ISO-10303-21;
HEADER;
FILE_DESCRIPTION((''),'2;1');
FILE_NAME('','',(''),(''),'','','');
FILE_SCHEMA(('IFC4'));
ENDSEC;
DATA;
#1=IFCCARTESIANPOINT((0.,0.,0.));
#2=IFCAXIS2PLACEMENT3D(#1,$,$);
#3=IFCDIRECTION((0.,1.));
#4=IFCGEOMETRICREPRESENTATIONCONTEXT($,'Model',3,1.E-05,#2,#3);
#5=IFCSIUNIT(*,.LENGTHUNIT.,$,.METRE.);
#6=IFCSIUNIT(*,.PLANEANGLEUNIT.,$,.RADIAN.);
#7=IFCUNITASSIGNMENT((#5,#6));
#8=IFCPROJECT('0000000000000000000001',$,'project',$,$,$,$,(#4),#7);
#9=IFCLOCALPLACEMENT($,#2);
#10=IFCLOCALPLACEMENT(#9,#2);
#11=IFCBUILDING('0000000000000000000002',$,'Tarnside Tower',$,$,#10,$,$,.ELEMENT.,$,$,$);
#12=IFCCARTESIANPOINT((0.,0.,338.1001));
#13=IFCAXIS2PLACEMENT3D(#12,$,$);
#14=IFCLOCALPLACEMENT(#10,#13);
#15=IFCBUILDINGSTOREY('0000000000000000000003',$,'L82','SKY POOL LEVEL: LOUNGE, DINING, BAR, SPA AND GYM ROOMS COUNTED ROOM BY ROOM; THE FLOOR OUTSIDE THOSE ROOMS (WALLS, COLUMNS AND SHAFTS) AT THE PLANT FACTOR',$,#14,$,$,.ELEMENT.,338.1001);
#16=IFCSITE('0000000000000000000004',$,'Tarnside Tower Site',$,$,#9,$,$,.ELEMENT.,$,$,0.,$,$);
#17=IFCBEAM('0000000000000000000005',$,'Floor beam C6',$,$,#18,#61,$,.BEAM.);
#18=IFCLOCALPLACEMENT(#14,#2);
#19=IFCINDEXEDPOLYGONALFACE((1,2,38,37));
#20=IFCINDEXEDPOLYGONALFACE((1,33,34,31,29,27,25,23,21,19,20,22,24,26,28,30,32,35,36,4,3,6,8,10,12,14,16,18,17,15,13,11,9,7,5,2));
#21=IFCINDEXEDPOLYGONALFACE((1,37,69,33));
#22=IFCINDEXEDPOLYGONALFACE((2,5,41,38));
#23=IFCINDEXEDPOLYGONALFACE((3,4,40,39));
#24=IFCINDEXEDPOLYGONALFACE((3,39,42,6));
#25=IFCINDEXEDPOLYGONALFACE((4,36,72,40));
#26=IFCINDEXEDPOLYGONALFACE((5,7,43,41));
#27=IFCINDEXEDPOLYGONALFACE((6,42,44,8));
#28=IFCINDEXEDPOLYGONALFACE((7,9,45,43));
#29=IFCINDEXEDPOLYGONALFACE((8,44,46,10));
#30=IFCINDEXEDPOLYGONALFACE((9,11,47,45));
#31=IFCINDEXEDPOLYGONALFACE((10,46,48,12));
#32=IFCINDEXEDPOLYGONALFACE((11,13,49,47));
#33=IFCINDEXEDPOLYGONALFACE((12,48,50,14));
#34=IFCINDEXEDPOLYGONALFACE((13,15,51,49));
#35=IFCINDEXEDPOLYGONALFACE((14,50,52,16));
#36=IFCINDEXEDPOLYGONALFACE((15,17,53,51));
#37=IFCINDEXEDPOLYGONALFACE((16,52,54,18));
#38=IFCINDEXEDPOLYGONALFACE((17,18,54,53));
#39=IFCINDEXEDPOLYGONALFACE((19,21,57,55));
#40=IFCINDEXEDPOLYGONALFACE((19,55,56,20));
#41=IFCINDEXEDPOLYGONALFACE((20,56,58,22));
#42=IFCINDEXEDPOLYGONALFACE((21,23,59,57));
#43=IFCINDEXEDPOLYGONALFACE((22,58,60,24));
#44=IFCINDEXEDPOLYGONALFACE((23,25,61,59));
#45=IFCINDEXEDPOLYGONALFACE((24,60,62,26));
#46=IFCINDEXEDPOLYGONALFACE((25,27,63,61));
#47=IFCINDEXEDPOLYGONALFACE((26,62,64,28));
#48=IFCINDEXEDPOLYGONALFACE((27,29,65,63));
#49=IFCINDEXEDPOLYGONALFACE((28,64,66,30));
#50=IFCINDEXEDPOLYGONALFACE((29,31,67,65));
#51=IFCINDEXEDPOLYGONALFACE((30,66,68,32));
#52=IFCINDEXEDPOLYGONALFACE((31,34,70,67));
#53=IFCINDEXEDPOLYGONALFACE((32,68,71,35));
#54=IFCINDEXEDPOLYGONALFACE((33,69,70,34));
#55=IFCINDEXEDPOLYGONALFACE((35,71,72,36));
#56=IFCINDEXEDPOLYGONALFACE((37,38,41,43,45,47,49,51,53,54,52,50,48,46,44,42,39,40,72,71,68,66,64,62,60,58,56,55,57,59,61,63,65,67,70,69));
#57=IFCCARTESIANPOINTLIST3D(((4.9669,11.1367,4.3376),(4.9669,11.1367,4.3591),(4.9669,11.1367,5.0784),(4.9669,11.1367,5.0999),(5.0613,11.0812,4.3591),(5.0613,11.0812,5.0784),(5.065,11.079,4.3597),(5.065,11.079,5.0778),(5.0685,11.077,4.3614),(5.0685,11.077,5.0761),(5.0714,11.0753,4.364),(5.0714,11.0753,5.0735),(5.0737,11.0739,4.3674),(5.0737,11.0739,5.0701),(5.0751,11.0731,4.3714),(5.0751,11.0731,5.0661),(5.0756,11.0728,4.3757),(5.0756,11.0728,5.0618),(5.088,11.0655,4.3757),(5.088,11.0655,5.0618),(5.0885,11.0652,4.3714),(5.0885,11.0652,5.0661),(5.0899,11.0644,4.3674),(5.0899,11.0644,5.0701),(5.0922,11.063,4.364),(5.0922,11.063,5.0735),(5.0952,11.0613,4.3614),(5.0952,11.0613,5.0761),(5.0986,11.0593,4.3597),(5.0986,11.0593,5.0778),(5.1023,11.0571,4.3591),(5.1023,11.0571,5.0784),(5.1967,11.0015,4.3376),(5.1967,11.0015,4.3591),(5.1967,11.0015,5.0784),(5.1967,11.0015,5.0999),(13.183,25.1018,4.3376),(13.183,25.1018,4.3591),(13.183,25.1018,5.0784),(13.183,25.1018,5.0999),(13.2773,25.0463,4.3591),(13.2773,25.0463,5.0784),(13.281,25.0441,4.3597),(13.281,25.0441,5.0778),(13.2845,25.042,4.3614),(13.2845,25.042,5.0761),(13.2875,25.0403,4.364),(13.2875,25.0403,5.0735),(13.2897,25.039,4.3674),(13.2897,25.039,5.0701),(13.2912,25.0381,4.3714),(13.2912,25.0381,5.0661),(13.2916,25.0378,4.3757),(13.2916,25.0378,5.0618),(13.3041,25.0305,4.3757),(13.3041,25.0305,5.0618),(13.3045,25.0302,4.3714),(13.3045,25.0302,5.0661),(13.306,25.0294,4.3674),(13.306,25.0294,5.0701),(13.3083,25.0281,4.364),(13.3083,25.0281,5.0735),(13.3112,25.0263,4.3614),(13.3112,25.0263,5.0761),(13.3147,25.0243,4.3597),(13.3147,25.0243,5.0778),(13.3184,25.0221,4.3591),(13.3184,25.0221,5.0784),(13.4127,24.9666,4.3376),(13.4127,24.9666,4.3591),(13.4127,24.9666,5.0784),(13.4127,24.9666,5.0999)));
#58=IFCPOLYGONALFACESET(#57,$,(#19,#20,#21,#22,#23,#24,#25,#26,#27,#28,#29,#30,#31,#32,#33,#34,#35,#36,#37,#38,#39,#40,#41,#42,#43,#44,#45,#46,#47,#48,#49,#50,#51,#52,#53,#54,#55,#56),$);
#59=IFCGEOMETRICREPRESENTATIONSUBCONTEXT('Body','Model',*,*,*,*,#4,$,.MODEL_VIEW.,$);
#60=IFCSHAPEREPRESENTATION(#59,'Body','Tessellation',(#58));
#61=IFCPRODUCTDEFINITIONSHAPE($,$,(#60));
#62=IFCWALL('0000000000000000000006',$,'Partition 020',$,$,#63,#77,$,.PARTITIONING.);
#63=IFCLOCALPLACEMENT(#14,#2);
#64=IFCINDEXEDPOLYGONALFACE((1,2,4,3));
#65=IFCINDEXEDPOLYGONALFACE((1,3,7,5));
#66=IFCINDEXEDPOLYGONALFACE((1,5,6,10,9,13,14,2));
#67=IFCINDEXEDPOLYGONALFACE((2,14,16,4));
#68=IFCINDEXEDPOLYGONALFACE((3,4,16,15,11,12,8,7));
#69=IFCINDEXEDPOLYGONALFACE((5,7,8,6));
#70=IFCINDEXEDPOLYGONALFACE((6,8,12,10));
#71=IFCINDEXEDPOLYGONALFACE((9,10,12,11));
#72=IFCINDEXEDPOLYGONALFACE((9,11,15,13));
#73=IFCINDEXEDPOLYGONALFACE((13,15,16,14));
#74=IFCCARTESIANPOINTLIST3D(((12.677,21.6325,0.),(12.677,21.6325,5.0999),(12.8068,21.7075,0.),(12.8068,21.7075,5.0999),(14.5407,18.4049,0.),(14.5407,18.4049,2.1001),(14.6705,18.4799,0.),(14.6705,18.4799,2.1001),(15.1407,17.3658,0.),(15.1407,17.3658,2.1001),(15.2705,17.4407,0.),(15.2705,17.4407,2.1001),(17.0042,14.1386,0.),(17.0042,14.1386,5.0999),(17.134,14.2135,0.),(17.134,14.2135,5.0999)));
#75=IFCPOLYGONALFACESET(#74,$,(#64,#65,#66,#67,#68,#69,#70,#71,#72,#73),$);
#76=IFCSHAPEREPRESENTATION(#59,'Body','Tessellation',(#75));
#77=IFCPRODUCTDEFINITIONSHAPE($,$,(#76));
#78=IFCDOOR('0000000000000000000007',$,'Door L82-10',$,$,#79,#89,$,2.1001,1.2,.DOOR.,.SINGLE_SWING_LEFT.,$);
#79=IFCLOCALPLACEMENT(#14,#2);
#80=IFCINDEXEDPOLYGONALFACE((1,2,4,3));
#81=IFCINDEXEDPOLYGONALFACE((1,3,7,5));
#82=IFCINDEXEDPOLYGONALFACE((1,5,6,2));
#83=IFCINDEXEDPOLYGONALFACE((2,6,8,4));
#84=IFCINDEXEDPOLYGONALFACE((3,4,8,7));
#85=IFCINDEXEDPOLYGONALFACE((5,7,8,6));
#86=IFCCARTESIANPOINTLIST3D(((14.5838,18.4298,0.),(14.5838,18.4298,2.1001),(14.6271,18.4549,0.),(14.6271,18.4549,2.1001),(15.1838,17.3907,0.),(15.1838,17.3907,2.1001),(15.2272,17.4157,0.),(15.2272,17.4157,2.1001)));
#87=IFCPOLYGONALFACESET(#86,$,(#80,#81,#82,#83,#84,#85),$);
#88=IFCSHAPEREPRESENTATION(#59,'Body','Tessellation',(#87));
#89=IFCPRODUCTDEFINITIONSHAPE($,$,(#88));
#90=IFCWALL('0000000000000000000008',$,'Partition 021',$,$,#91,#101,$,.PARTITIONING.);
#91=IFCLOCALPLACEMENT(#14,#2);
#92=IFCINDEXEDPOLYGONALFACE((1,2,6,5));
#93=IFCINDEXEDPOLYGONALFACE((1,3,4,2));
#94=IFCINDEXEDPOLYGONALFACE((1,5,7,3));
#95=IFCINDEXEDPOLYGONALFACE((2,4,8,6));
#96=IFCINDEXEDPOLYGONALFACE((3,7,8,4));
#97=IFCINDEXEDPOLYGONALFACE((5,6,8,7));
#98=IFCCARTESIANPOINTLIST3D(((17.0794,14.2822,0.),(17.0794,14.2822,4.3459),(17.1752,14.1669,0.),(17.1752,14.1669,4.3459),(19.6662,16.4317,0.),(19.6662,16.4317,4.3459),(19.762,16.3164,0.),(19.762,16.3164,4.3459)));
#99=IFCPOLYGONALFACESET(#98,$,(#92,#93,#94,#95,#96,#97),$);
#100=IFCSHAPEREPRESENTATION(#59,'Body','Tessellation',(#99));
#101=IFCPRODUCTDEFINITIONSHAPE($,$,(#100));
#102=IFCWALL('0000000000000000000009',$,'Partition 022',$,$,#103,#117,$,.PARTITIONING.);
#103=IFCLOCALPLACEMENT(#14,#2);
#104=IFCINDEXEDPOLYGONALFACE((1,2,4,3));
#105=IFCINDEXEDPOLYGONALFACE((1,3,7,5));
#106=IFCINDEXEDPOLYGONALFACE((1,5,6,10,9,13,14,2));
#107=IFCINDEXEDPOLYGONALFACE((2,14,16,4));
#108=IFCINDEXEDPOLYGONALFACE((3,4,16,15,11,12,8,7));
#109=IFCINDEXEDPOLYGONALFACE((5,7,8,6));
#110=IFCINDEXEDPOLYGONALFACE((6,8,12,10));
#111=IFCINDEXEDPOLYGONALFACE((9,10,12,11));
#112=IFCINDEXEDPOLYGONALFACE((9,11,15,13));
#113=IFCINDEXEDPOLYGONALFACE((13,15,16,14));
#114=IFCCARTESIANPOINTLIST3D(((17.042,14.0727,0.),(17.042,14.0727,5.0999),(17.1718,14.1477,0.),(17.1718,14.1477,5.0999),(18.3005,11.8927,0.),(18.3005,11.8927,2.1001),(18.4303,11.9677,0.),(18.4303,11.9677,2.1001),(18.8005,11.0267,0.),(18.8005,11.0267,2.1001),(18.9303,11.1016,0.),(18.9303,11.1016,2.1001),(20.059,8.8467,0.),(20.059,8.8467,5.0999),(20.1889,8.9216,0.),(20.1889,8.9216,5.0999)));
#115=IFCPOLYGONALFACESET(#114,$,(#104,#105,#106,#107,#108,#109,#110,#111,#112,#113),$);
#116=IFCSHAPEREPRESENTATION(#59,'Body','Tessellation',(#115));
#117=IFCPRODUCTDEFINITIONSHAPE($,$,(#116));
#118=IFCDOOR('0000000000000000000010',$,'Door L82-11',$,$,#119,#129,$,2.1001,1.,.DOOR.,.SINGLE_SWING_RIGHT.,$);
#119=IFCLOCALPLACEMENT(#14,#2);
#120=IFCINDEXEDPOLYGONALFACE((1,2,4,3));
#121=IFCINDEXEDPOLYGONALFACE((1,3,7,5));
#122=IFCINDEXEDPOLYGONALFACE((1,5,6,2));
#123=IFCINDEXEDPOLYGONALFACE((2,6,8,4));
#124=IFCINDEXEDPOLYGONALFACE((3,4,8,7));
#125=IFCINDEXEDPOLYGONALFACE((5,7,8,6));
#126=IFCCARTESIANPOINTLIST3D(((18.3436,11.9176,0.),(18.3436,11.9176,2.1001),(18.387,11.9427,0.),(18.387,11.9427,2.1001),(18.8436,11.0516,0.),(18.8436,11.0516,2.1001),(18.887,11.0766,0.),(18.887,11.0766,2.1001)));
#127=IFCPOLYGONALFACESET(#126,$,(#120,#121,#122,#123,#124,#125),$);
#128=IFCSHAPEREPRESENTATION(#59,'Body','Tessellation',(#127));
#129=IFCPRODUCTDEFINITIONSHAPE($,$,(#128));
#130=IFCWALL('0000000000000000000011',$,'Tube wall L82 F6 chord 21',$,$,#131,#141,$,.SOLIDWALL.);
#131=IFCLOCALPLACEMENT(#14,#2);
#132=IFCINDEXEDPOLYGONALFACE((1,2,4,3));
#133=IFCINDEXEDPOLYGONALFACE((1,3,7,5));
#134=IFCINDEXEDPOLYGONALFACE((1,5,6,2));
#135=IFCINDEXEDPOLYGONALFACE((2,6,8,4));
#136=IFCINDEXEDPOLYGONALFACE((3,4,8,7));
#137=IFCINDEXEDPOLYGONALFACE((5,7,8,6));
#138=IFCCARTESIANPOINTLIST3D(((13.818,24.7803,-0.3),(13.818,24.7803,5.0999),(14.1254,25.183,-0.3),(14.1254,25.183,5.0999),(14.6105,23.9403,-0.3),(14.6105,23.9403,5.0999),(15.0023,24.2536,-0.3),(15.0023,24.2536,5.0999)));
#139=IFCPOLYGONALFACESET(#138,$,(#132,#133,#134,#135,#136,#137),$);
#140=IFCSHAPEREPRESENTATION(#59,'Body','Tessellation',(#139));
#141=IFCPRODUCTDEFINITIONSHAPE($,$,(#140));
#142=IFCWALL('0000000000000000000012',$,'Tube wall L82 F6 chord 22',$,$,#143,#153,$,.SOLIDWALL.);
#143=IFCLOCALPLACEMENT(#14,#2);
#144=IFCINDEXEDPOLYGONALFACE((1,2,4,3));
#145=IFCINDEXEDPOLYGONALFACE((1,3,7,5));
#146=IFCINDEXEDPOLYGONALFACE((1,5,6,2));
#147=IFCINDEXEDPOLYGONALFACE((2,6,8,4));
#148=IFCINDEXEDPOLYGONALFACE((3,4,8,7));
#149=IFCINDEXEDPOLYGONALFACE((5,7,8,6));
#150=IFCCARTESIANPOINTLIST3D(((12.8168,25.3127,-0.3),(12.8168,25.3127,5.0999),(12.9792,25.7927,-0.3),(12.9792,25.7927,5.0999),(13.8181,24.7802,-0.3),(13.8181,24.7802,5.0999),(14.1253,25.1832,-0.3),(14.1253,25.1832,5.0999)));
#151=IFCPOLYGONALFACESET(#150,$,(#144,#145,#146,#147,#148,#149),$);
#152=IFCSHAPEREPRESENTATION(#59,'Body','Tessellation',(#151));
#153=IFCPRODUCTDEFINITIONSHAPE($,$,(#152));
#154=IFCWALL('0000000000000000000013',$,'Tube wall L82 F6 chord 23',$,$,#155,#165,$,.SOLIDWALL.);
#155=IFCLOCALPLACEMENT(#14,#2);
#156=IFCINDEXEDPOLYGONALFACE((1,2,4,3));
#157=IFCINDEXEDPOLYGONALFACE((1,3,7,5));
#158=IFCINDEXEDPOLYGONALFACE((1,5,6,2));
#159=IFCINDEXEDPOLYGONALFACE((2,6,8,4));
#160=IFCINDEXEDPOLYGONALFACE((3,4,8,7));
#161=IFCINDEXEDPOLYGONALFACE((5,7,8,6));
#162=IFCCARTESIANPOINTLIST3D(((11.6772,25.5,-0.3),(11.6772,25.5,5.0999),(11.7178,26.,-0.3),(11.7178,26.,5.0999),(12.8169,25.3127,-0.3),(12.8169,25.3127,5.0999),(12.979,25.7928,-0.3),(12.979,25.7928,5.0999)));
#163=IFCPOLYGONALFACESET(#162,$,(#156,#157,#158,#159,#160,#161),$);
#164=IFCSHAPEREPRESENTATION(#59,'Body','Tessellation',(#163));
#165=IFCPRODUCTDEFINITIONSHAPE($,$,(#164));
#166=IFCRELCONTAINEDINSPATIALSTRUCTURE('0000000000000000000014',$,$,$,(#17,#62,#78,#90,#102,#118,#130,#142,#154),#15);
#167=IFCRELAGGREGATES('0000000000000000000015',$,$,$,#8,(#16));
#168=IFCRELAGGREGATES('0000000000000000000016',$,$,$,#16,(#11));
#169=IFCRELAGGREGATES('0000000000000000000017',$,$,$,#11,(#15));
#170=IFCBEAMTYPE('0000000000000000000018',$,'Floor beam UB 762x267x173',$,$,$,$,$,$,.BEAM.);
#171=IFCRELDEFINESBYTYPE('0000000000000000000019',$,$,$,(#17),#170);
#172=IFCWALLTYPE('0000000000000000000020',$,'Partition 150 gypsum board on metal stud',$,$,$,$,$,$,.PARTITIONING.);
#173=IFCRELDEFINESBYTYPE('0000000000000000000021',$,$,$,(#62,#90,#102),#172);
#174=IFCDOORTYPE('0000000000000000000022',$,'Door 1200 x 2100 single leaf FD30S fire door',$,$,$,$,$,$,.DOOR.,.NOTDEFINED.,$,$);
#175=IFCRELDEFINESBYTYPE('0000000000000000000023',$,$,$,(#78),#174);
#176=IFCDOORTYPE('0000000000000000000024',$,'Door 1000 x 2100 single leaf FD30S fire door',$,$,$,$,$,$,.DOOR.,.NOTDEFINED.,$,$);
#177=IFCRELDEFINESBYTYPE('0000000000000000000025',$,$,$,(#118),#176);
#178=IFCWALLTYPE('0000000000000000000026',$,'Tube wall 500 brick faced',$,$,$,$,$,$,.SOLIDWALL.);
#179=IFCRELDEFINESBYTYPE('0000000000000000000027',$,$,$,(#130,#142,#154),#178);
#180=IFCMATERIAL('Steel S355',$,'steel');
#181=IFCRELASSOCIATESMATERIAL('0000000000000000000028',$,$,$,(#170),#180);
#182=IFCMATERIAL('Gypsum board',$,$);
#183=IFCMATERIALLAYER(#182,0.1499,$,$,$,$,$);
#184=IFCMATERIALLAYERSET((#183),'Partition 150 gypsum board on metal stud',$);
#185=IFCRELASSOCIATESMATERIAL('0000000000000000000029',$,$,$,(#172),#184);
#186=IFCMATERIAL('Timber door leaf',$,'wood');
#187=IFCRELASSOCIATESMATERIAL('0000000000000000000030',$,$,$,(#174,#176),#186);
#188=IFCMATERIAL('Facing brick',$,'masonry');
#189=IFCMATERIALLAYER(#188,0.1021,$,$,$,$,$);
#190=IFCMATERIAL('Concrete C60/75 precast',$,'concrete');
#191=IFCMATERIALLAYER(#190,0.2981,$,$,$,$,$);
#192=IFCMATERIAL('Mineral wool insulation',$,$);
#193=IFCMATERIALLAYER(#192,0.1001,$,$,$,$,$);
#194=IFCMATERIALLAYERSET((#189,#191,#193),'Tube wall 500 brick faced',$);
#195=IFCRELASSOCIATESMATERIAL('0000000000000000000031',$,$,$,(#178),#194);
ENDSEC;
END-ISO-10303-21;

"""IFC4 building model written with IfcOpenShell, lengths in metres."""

from ifc_helpers import new_model, si_unit, direction, frame, frame_2d, origin, origin_2d, place, context, subcontext, project, spatial, polyline, rectangle, i_section, outline, extrude, material, layer, layer_set, material_profile, profile_set, type_object, element, fill, save


model = new_model("IFC4")

# Units and contexts
model_context = context("Model", 3, precision=1e-05, world=origin(), true_north=direction((0.0, 1.0)))
body_context = subcontext(model_context, "Body", "Model", "MODEL_VIEW")
ifc_project = project(units=[si_unit("LENGTHUNIT", "METRE"), si_unit("PLANEANGLEUNIT", "RADIAN")], contexts=[model_context])

# Site, building, storey
site_placement = place(None, origin())
site = spatial("IfcSite", under=ifc_project, at=site_placement, Name="Tarnside Tower Site", CompositionType="ELEMENT", RefElevation=0.0)
building_placement = place(site_placement, origin())
building = spatial("IfcBuilding", under=site, at=building_placement, Name="Tarnside Tower", CompositionType="ELEMENT")
storey_placement = place(building_placement, frame((0.0, 0.0, 338.1001)))
storey = spatial("IfcBuildingStorey", under=building, at=storey_placement, Name="L82", Description="SKY POOL LEVEL: LOUNGE, DINING, BAR, SPA AND GYM ROOMS COUNTED ROOM BY ROOM; THE FLOOR OUTSIDE THOSE ROOMS (WALLS, COLUMNS AND SHAFTS) AT THE PLANT FACTOR", CompositionType="ELEMENT", Elevation=338.1001)

# Beam
ifc_material_1 = material(Name="Steel S355", Category="steel")
ifc_material_profile_1 = material_profile(ifc_material_1, i_section(OverallWidth=0.2666, OverallDepth=0.7622, WebThickness=0.0144, FlangeThickness=0.0215, FilletRadius=0.0166, at=origin_2d()), Name="UB 762x267x173")
ifc_profile_set_1 = profile_set([ifc_material_profile_1], Name="Steel S355")
beam_type_1 = type_object("IfcBeamType", Name="Floor beam UB 762x267x173", PredefinedType="BEAM", material=ifc_profile_set_1)
beam_1_placement = place(storey_placement, frame((13.2979, 25.0342, 4.7188), z_axis=(-0.50708, -0.861899, 0.0), x_axis=(0.861899, -0.50708, 0.0)))
element("IfcBeam", 1, at=beam_1_placement, inside=storey, type_object=beam_type_1, Name="Floor beam C6", PredefinedType="BEAM", context=body_context, shape_type="SweptSolid", body=[
    extrude(i_section(OverallWidth=0.2666, OverallDepth=0.7622, WebThickness=0.0144, FlangeThickness=0.0215, FilletRadius=0.0166, at=origin_2d()), origin(), (0.0, 0.0, 1.0), 16.2026),
])

# Wall, opening, door
ifc_material_2 = material(Name="Gypsum board")
ifc_layer_1 = layer(ifc_material_2, 0.1499)
ifc_layer_set_1 = layer_set([ifc_layer_1], Name="Partition 150 gypsum board on metal stud")
wall_type_1 = type_object("IfcWallType", Name="Partition 150 gypsum board on metal stud", PredefinedType="PARTITIONING", material=ifc_layer_set_1)
wall_1_placement = place(storey_placement, frame((12.7419, 21.6699, 0.0), z_axis=(0.0, 0.0, 1.0), x_axis=(0.500047, -0.865998, 0.0)))
wall_1 = element("IfcWall", 2, at=wall_1_placement, inside=storey, type_object=wall_type_1, Name="Partition 020", PredefinedType="PARTITIONING", context=body_context, shape_type="SweptSolid", body=[
    extrude(rectangle(XDim=8.6536, YDim=0.1499, at=frame_2d((4.3267, 0.0))), origin(), (0.0, 0.0, 1.0), 5.0999),
])
opening_1_placement = place(wall_1_placement, frame((3.7268, 0.0, 0.0)))
opening_1 = element("IfcOpeningElement", 3, at=opening_1_placement, cuts=wall_1, PredefinedType="OPENING", context=body_context, shape_type="SweptSolid", body=[
    extrude(rectangle(XDim=1.2, YDim=2.1001, at=frame_2d((0.6001, 1.05))), frame((0.0, 0.085, 0.0), z_axis=(0.0, -1.0, 0.0), x_axis=(1.0, 0.0, 0.0)), (0.0, 0.0, 1.0), 0.1699),
])
ifc_material_3 = material(Name="Timber door leaf", Category="wood")
door_type_1 = type_object("IfcDoorType", Name="Door 1200 x 2100 single leaf FD30S fire door", OperationType="NOTDEFINED", PredefinedType="DOOR", material=ifc_material_3)
door_1_placement = place(opening_1_placement, origin())
door_1 = element("IfcDoor", 4, at=door_1_placement, inside=storey, type_object=door_type_1, Name="Door L82-10", OperationType="SINGLE_SWING_LEFT", OverallHeight=2.1001, OverallWidth=1.2, PredefinedType="DOOR", context=body_context, shape_type="SweptSolid", body=[
    extrude(rectangle(XDim=1.2, YDim=2.1001, at=frame_2d((0.6001, 1.05))), frame((0.0, 0.0249, 0.0), z_axis=(0.0, -1.0, 0.0), x_axis=(1.0, 0.0, 0.0)), (0.0, 0.0, 1.0), 0.05),
])
fill(opening_1, door_1)

# Wall
wall_2_placement = place(storey_placement, frame((19.7141, 16.374, 0.0), z_axis=(0.0, 0.0, 1.0), x_axis=(-0.769119, -0.639106, 0.0)))
element("IfcWall", 5, at=wall_2_placement, inside=storey, type_object=wall_type_1, Name="Partition 021", PredefinedType="PARTITIONING", context=body_context, shape_type="SweptSolid", body=[
    extrude(rectangle(XDim=3.3633, YDim=0.1499, at=frame_2d((1.6816, 0.0))), origin(), (0.0, 0.0, 1.0), 4.3459),
])

# Wall, opening, door
wall_3_placement = place(storey_placement, frame((17.1069, 14.1101, 0.0), z_axis=(0.0, 0.0, 1.0), x_axis=(0.499977, -0.866039, 0.0)))
wall_3 = element("IfcWall", 6, at=wall_3_placement, inside=storey, type_object=wall_type_1, Name="Partition 022", PredefinedType="PARTITIONING", context=body_context, shape_type="SweptSolid", body=[
    extrude(rectangle(XDim=6.0344, YDim=0.1499, at=frame_2d((3.0171, 0.0))), origin(), (0.0, 0.0, 1.0), 5.0999),
])
opening_2_placement = place(wall_3_placement, frame((2.5171, 0.0, 0.0)))
opening_2 = element("IfcOpeningElement", 7, at=opening_2_placement, cuts=wall_3, PredefinedType="OPENING", context=body_context, shape_type="SweptSolid", body=[
    extrude(rectangle(XDim=1.0, YDim=2.1001, at=frame_2d((0.5, 1.05))), frame((0.0, 0.085, 0.0), z_axis=(0.0, -1.0, 0.0), x_axis=(1.0, 0.0, 0.0)), (0.0, 0.0, 1.0), 0.1699),
])
door_type_2 = type_object("IfcDoorType", Name="Door 1000 x 2100 single leaf FD30S fire door", OperationType="NOTDEFINED", PredefinedType="DOOR", material=ifc_material_3)
door_2_placement = place(opening_2_placement, origin())
door_2 = element("IfcDoor", 8, at=door_2_placement, inside=storey, type_object=door_type_2, Name="Door L82-11", OperationType="SINGLE_SWING_RIGHT", OverallHeight=2.1001, OverallWidth=1.0, PredefinedType="DOOR", context=body_context, shape_type="SweptSolid", body=[
    extrude(rectangle(XDim=1.0, YDim=2.1001, at=frame_2d((0.5, 1.05))), frame((0.0, 0.0249, 0.0), z_axis=(0.0, -1.0, 0.0), x_axis=(1.0, 0.0, 0.0)), (0.0, 0.0, 1.0), 0.05),
])
fill(opening_2, door_2)

# Walls
ifc_material_4 = material(Name="Facing brick", Category="masonry")
ifc_layer_2 = layer(ifc_material_4, 0.1021)
ifc_material_5 = material(Name="Concrete C60/75 precast", Category="concrete")
ifc_layer_3 = layer(ifc_material_5, 0.2981)
ifc_material_6 = material(Name="Mineral wool insulation")
ifc_layer_4 = layer(ifc_material_6, 0.1001)
ifc_layer_set_2 = layer_set([ifc_layer_2, ifc_layer_3, ifc_layer_4], Name="Tube wall 500 brick faced")
wall_type_2 = type_object("IfcWallType", Name="Tube wall 500 brick faced", PredefinedType="SOLIDWALL", material=ifc_layer_set_2)
wall_4_placement = place(storey_placement, frame((14.8064, 24.0969, -0.3), z_axis=(0.0, 0.0, 1.0), x_axis=(-0.686234, 0.72738, 0.0)))
element("IfcWall", 9, at=wall_4_placement, inside=storey, type_object=wall_type_2, Name="Tube wall L82 F6 chord 21", PredefinedType="SOLIDWALL", context=body_context, shape_type="SweptSolid", body=[
    extrude(outline(polyline([(-0.0205, -0.25), (1.2573, -0.25), (1.1753, 0.25), (0.0205, 0.25), (-0.0205, -0.25)])), origin(), (0.0, 0.0, 1.0), 5.3999),
])
wall_5_placement = place(storey_placement, frame((13.9717, 24.9817, -0.3), z_axis=(0.0, 0.0, 1.0), x_axis=(-0.882902, 0.469556, 0.0)))
element("IfcWall", 10, at=wall_5_placement, inside=storey, type_object=wall_type_2, Name="Tube wall L82 F6 chord 22", PredefinedType="SOLIDWALL", context=body_context, shape_type="SweptSolid", body=[
    extrude(outline(polyline([(-0.041, -0.25), (1.2571, -0.25), (1.175, 0.25), (0.041, 0.25), (-0.041, -0.25)])), origin(), (0.0, 0.0, 1.0), 5.3999),
])
wall_6_placement = place(storey_placement, frame((12.8979, 25.5527, -0.3), z_axis=(0.0, 0.0, 1.0), x_axis=(-0.986766, 0.162153, 0.0)))
element("IfcWall", 11, at=wall_6_placement, inside=storey, type_object=wall_type_2, Name="Tube wall L82 F6 chord 23", PredefinedType="SOLIDWALL", context=body_context, shape_type="SweptSolid", body=[
    extrude(outline(polyline([(-0.041, -0.25), (1.2371, -0.25), (1.196, 0.25), (0.041, 0.25), (-0.041, -0.25)])), origin(), (0.0, 0.0, 1.0), 5.3999),
])

save(model, "model.ifc")
